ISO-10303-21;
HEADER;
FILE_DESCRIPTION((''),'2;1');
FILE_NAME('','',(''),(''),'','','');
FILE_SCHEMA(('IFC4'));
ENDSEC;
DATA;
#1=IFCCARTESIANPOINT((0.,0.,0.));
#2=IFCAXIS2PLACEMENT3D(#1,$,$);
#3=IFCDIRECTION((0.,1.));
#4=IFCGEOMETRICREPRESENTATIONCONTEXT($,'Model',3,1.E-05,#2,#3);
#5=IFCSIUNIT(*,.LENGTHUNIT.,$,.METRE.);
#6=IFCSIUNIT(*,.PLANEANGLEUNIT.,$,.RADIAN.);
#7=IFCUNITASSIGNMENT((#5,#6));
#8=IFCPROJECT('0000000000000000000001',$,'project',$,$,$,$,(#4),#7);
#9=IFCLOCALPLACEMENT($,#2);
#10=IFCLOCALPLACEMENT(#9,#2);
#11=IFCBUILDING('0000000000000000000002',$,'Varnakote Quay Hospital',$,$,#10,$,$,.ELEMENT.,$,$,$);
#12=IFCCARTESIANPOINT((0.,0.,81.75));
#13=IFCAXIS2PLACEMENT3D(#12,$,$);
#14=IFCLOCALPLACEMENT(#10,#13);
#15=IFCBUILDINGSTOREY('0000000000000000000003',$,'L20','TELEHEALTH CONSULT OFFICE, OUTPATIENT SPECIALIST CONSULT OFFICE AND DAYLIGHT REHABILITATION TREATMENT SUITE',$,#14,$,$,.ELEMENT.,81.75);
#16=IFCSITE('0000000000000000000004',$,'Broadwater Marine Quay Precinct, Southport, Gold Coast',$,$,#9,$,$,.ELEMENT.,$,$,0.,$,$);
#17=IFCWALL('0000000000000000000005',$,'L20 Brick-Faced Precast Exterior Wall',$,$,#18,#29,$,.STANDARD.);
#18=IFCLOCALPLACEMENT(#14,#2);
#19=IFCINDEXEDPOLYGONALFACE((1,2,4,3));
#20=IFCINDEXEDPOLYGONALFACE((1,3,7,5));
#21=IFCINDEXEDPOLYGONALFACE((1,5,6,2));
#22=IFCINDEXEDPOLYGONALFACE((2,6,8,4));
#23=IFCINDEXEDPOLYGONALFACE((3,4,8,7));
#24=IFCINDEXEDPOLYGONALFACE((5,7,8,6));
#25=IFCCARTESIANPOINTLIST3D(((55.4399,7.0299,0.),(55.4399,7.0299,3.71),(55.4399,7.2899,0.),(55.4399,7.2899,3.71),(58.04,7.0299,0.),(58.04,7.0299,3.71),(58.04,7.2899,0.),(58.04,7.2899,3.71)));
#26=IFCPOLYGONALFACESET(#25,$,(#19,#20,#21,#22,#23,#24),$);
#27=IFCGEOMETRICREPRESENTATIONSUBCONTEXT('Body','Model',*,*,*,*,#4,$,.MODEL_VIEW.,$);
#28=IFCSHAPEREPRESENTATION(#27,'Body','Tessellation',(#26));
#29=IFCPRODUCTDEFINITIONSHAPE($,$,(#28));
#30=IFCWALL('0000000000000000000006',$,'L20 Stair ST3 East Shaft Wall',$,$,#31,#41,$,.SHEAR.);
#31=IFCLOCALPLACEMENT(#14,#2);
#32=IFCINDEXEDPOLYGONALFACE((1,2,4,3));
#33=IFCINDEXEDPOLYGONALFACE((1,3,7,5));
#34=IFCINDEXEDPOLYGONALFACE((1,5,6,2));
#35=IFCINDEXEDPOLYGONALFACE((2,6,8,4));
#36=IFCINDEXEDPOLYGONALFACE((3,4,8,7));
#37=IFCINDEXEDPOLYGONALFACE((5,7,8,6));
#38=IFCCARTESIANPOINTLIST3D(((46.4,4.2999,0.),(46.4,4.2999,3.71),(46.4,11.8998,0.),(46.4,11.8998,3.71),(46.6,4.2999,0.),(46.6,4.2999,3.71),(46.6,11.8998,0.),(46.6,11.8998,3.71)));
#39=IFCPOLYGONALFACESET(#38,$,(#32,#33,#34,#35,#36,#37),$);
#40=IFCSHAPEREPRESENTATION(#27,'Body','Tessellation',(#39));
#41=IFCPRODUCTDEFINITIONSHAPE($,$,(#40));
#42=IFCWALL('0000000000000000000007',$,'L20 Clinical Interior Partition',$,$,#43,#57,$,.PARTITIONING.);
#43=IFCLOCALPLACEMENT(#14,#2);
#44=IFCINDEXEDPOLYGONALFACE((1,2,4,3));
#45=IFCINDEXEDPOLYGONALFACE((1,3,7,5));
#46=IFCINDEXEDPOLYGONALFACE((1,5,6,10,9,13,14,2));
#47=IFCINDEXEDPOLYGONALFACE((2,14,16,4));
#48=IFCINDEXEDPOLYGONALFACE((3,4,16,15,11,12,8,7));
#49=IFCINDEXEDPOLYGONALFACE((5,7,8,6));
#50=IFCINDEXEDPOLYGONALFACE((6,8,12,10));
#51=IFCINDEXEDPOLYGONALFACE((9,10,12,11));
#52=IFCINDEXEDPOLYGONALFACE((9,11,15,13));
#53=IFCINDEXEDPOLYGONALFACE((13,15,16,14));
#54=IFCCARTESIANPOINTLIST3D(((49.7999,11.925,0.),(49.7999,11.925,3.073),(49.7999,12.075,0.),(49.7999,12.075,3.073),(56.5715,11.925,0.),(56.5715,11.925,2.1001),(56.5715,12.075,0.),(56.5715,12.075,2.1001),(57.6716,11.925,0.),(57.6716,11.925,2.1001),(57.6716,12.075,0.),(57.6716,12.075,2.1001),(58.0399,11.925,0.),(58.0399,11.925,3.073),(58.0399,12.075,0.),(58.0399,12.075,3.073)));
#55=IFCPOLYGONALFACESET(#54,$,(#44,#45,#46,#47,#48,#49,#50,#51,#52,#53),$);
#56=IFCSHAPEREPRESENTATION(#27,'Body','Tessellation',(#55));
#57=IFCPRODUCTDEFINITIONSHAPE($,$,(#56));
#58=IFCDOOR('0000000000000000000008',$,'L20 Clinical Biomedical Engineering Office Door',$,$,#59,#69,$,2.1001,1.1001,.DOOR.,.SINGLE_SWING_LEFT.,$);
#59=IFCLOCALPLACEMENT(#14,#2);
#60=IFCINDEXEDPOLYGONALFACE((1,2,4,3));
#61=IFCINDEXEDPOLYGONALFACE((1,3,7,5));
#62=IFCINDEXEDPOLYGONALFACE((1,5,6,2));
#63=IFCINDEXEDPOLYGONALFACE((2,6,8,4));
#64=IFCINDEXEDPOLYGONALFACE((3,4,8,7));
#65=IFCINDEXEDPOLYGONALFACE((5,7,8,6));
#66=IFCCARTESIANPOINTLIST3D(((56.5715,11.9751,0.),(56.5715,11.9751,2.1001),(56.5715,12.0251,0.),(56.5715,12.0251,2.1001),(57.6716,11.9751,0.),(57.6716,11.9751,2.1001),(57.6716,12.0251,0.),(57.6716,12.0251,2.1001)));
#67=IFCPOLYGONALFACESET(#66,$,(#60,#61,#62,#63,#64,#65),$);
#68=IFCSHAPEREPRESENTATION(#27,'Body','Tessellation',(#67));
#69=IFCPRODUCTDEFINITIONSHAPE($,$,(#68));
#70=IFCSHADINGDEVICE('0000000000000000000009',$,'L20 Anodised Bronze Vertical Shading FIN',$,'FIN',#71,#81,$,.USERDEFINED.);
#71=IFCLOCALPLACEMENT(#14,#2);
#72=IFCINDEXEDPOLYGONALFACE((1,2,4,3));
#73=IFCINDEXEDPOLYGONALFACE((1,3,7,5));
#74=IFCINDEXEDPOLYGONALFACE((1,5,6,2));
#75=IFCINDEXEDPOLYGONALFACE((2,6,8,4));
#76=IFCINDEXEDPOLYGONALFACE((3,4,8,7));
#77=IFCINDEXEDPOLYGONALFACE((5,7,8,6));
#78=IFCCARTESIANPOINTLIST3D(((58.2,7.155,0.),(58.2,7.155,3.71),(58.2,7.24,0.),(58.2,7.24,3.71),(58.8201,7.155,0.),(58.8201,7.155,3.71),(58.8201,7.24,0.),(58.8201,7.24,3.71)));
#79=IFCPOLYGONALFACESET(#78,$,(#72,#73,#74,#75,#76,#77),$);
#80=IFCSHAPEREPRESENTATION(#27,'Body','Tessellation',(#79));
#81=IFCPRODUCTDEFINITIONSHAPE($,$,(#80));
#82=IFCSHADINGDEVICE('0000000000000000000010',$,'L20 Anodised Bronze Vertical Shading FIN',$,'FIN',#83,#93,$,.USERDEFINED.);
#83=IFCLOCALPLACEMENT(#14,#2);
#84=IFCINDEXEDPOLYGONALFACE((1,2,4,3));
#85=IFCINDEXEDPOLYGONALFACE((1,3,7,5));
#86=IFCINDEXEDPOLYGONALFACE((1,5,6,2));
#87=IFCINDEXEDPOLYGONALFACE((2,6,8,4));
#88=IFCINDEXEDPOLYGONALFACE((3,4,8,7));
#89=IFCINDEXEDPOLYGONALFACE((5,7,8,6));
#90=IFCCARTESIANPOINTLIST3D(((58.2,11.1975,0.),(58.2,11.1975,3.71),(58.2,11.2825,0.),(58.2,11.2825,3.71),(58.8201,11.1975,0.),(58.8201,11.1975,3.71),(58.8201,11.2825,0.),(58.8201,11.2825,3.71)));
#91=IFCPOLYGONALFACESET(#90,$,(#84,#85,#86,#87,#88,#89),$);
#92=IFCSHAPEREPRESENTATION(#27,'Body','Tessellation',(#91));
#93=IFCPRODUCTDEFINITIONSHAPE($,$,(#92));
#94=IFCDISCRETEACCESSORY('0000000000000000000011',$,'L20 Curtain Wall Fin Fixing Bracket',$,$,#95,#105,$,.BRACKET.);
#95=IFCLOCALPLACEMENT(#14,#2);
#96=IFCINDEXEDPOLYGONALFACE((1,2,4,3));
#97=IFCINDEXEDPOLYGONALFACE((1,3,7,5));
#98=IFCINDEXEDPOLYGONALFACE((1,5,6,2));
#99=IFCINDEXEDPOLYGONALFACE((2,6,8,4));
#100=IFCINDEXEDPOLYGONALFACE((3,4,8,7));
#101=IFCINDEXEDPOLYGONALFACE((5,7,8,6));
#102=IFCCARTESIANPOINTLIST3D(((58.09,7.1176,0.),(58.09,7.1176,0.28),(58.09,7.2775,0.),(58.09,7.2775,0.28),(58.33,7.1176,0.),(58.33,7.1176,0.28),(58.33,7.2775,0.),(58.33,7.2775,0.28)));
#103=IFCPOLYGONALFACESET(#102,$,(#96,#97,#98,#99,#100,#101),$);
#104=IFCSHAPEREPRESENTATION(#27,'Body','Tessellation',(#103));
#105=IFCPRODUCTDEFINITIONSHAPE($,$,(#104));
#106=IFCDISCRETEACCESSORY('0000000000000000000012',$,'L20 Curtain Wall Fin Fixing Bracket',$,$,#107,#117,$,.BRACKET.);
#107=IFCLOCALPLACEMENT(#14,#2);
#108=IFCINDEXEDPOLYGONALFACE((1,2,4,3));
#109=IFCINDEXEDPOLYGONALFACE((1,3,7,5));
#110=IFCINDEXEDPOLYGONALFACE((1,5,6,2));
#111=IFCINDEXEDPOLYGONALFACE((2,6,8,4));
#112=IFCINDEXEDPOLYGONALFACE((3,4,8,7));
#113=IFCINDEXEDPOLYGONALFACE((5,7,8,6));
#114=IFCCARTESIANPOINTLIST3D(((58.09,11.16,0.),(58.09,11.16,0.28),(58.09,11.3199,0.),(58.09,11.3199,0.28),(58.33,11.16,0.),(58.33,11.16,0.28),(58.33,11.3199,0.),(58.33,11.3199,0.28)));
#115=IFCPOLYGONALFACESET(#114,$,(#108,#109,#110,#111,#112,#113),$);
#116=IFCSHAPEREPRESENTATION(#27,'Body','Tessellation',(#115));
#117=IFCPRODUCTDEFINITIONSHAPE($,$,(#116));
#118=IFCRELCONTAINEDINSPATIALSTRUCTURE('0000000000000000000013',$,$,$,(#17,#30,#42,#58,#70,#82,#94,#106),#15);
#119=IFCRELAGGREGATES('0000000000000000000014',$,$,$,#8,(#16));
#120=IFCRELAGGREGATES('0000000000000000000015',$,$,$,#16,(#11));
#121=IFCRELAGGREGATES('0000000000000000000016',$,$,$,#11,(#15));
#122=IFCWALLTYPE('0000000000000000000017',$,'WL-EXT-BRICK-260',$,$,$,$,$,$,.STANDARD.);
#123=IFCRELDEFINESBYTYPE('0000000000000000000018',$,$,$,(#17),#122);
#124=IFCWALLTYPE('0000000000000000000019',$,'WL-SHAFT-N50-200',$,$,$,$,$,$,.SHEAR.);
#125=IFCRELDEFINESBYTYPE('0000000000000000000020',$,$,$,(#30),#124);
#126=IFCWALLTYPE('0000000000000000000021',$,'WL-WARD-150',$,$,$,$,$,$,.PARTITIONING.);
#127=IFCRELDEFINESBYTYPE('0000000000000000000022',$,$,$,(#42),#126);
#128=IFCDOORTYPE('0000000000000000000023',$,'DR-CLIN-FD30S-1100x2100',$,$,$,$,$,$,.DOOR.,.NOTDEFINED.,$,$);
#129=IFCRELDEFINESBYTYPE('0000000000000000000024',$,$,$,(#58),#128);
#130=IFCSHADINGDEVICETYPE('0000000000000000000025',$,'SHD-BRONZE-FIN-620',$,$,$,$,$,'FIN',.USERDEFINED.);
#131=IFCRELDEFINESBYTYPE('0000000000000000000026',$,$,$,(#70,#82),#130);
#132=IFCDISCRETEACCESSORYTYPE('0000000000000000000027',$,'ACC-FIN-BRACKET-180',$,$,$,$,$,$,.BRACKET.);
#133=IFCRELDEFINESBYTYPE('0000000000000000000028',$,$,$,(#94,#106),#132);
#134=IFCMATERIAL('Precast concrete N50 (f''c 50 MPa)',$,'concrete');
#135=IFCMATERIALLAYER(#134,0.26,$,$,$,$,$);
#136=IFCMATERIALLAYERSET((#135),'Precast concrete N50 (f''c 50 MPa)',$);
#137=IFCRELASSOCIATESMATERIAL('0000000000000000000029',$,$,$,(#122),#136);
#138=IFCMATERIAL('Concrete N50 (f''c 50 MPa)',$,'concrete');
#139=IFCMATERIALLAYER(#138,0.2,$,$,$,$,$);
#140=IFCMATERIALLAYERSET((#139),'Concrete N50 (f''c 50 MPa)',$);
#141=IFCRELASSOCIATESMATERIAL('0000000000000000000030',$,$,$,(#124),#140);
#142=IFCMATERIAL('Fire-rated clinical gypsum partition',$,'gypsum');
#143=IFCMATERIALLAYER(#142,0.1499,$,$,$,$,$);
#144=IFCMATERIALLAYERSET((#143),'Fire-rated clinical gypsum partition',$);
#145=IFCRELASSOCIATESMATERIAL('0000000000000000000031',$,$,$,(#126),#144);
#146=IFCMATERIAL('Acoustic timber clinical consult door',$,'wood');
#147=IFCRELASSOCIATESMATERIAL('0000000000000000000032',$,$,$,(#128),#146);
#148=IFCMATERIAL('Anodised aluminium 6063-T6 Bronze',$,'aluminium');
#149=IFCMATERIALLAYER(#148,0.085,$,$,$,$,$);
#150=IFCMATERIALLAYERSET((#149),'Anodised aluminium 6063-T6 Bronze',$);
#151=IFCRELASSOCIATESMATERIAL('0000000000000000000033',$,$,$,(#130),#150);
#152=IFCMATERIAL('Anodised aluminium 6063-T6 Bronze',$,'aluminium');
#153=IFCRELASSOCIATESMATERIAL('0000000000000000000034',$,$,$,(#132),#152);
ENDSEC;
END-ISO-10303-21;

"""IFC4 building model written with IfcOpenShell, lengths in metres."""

from ifc_helpers import new_model, si_unit, direction, frame, frame_2d, origin, origin_2d, place, context, subcontext, project, spatial, rectangle, extrude, material, layer, layer_set, type_object, element, fill, save


model = new_model("IFC4")

# Units and contexts
model_context = context("Model", 3, precision=1e-05, world=origin(), true_north=direction((0.0, 1.0)))
body_context = subcontext(model_context, "Body", "Model", "MODEL_VIEW")
ifc_project = project(units=[si_unit("LENGTHUNIT", "METRE"), si_unit("PLANEANGLEUNIT", "RADIAN")], contexts=[model_context])

# Site, building, storey
site_placement = place(None, origin())
site = spatial("IfcSite", under=ifc_project, at=site_placement, Name="Broadwater Marine Quay Precinct, Southport, Gold Coast", CompositionType="ELEMENT", RefElevation=0.0)
building_placement = place(site_placement, origin())
building = spatial("IfcBuilding", under=site, at=building_placement, Name="Varnakote Quay Hospital", CompositionType="ELEMENT")
storey_placement = place(building_placement, frame((0.0, 0.0, 81.75)))
storey = spatial("IfcBuildingStorey", under=building, at=storey_placement, Name="L20", Description="TELEHEALTH CONSULT OFFICE, OUTPATIENT SPECIALIST CONSULT OFFICE AND DAYLIGHT REHABILITATION TREATMENT SUITE", CompositionType="ELEMENT", Elevation=81.75)

# Walls
ifc_material_1 = material(Name="Precast concrete N50 (f'c 50 MPa)", Category="concrete")
ifc_layer_1 = layer(ifc_material_1, 0.26)
ifc_layer_set_1 = layer_set([ifc_layer_1], Name="Precast concrete N50 (f'c 50 MPa)")
wall_type_1 = type_object("IfcWallType", Name="WL-EXT-BRICK-260", PredefinedType="STANDARD", material=ifc_layer_set_1)
wall_1_placement = place(storey_placement, frame((55.4399, 7.1599, 0.0), z_axis=(0.0, 0.0, 1.0), x_axis=(1.0, 0.0, 0.0)))
element("IfcWall", 1, at=wall_1_placement, inside=storey, type_object=wall_type_1, Name="L20 Brick-Faced Precast Exterior Wall", PredefinedType="STANDARD", context=body_context, shape_type="SweptSolid", body=[
    extrude(rectangle(XDim=2.6001, YDim=0.26, at=frame_2d((1.3, 0.0))), origin(), (0.0, 0.0, 1.0), 3.71),
])
ifc_material_2 = material(Name="Concrete N50 (f'c 50 MPa)", Category="concrete")
ifc_layer_2 = layer(ifc_material_2, 0.2)
ifc_layer_set_2 = layer_set([ifc_layer_2], Name="Concrete N50 (f'c 50 MPa)")
wall_type_2 = type_object("IfcWallType", Name="WL-SHAFT-N50-200", PredefinedType="SHEAR", material=ifc_layer_set_2)
wall_2_placement = place(storey_placement, frame((46.5, 4.3, 0.0), z_axis=(0.0, 0.0, 1.0), x_axis=(0.0, 1.0, 0.0)))
element("IfcWall", 2, at=wall_2_placement, inside=storey, type_object=wall_type_2, Name="L20 Stair ST3 East Shaft Wall", PredefinedType="SHEAR", context=body_context, shape_type="SweptSolid", body=[
    extrude(rectangle(XDim=7.5999, YDim=0.2, at=frame_2d((3.7998, 0.0))), origin(), (0.0, 0.0, 1.0), 3.71),
])

# Wall, opening, door
ifc_material_3 = material(Name="Fire-rated clinical gypsum partition", Category="gypsum")
ifc_layer_3 = layer(ifc_material_3, 0.1499)
ifc_layer_set_3 = layer_set([ifc_layer_3], Name="Fire-rated clinical gypsum partition")
wall_type_3 = type_object("IfcWallType", Name="WL-WARD-150", PredefinedType="PARTITIONING", material=ifc_layer_set_3)
wall_3_placement = place(storey_placement, frame((58.04, 12.0, 0.0), z_axis=(0.0, 0.0, 1.0), x_axis=(-1.0, 0.0, 0.0)))
wall_3 = element("IfcWall", 3, at=wall_3_placement, inside=storey, type_object=wall_type_3, Name="L20 Clinical Interior Partition", PredefinedType="PARTITIONING", context=body_context, shape_type="SweptSolid", body=[
    extrude(rectangle(XDim=8.24, YDim=0.1499, at=frame_2d((4.1201, 0.0))), origin(), (0.0, 0.0, 1.0), 3.073),
])
opening_placement = place(wall_3_placement, frame((0.3684, 0.0, 0.0)))
opening = element("IfcOpeningElement", 4, at=opening_placement, cuts=wall_3, PredefinedType="OPENING", context=body_context, shape_type="SweptSolid", body=[
    extrude(rectangle(XDim=1.1001, YDim=2.1001, at=frame_2d((0.55, 1.05))), frame((0.0, 0.085, 0.0), z_axis=(0.0, -1.0, 0.0), x_axis=(1.0, 0.0, 0.0)), (0.0, 0.0, 1.0), 0.1699),
])
ifc_material_4 = material(Name="Acoustic timber clinical consult door", Category="wood")
door_type = type_object("IfcDoorType", Name="DR-CLIN-FD30S-1100x2100", OperationType="NOTDEFINED", PredefinedType="DOOR", material=ifc_material_4)
door_placement = place(opening_placement, origin())
door = element("IfcDoor", 5, at=door_placement, inside=storey, type_object=door_type, Name="L20 Clinical Biomedical Engineering Office Door", OperationType="SINGLE_SWING_LEFT", OverallHeight=2.1001, OverallWidth=1.1001, PredefinedType="DOOR", context=body_context, shape_type="SweptSolid", body=[
    extrude(rectangle(XDim=1.1001, YDim=2.1001, at=frame_2d((0.55, 1.05))), frame((0.0, 0.0249, 0.0), z_axis=(0.0, -1.0, 0.0), x_axis=(1.0, 0.0, 0.0)), (0.0, 0.0, 1.0), 0.05),
])
fill(opening, door)

# Shading devices
ifc_material_5 = material(Name="Anodised aluminium 6063-T6 Bronze", Category="aluminium")
ifc_layer_4 = layer(ifc_material_5, 0.085)
ifc_layer_set_4 = layer_set([ifc_layer_4], Name="Anodised aluminium 6063-T6 Bronze")
shading_device_type = type_object("IfcShadingDeviceType", Name="SHD-BRONZE-FIN-620", ElementType="FIN", PredefinedType="USERDEFINED", material=ifc_layer_set_4)
for number, where, z_axis, x_axis, name in (
    (6, (58.51, 7.1975, 0.0), (0.0, 0.0, 1.0), (-1.0, 0.0, 0.0), "L20 Anodised Bronze Vertical Shading FIN"),
    (7, (58.51, 11.24, 0.0), (0.0, 0.0, 1.0), (-1.0, 0.0, 0.0), "L20 Anodised Bronze Vertical Shading FIN"),
):
    element("IfcShadingDevice", number, at=place(storey_placement, frame(where, z_axis=z_axis, x_axis=x_axis)), inside=storey, type_object=shading_device_type, Name=name, ObjectType="FIN", PredefinedType="USERDEFINED", context=body_context, shape_type="SweptSolid", body=[
        extrude(rectangle(XDim=0.6201, YDim=0.085, at=origin_2d()), origin(), (0.0, 0.0, 1.0), 3.71),
    ])

# Discrete accessories
ifc_material_6 = material(Name="Anodised aluminium 6063-T6 Bronze", Category="aluminium")
discrete_accessory_type = type_object("IfcDiscreteAccessoryType", Name="ACC-FIN-BRACKET-180", PredefinedType="BRACKET", material=ifc_material_6)
for number, where, z_axis, x_axis, name in (
    (8, (58.21, 7.1975, 0.0), (0.0, 0.0, 1.0), (0.0, 1.0, 0.0), "L20 Curtain Wall Fin Fixing Bracket"),
    (9, (58.21, 11.24, 0.0), (0.0, 0.0, 1.0), (0.0, 1.0, 0.0), "L20 Curtain Wall Fin Fixing Bracket"),
):
    element("IfcDiscreteAccessory", number, at=place(storey_placement, frame(where, z_axis=z_axis, x_axis=x_axis)), inside=storey, type_object=discrete_accessory_type, Name=name, PredefinedType="BRACKET", context=body_context, shape_type="SweptSolid", body=[
        extrude(rectangle(XDim=0.1599, YDim=0.24, at=origin_2d()), origin(), (0.0, 0.0, 1.0), 0.28),
    ])

save(model, "model.ifc")
